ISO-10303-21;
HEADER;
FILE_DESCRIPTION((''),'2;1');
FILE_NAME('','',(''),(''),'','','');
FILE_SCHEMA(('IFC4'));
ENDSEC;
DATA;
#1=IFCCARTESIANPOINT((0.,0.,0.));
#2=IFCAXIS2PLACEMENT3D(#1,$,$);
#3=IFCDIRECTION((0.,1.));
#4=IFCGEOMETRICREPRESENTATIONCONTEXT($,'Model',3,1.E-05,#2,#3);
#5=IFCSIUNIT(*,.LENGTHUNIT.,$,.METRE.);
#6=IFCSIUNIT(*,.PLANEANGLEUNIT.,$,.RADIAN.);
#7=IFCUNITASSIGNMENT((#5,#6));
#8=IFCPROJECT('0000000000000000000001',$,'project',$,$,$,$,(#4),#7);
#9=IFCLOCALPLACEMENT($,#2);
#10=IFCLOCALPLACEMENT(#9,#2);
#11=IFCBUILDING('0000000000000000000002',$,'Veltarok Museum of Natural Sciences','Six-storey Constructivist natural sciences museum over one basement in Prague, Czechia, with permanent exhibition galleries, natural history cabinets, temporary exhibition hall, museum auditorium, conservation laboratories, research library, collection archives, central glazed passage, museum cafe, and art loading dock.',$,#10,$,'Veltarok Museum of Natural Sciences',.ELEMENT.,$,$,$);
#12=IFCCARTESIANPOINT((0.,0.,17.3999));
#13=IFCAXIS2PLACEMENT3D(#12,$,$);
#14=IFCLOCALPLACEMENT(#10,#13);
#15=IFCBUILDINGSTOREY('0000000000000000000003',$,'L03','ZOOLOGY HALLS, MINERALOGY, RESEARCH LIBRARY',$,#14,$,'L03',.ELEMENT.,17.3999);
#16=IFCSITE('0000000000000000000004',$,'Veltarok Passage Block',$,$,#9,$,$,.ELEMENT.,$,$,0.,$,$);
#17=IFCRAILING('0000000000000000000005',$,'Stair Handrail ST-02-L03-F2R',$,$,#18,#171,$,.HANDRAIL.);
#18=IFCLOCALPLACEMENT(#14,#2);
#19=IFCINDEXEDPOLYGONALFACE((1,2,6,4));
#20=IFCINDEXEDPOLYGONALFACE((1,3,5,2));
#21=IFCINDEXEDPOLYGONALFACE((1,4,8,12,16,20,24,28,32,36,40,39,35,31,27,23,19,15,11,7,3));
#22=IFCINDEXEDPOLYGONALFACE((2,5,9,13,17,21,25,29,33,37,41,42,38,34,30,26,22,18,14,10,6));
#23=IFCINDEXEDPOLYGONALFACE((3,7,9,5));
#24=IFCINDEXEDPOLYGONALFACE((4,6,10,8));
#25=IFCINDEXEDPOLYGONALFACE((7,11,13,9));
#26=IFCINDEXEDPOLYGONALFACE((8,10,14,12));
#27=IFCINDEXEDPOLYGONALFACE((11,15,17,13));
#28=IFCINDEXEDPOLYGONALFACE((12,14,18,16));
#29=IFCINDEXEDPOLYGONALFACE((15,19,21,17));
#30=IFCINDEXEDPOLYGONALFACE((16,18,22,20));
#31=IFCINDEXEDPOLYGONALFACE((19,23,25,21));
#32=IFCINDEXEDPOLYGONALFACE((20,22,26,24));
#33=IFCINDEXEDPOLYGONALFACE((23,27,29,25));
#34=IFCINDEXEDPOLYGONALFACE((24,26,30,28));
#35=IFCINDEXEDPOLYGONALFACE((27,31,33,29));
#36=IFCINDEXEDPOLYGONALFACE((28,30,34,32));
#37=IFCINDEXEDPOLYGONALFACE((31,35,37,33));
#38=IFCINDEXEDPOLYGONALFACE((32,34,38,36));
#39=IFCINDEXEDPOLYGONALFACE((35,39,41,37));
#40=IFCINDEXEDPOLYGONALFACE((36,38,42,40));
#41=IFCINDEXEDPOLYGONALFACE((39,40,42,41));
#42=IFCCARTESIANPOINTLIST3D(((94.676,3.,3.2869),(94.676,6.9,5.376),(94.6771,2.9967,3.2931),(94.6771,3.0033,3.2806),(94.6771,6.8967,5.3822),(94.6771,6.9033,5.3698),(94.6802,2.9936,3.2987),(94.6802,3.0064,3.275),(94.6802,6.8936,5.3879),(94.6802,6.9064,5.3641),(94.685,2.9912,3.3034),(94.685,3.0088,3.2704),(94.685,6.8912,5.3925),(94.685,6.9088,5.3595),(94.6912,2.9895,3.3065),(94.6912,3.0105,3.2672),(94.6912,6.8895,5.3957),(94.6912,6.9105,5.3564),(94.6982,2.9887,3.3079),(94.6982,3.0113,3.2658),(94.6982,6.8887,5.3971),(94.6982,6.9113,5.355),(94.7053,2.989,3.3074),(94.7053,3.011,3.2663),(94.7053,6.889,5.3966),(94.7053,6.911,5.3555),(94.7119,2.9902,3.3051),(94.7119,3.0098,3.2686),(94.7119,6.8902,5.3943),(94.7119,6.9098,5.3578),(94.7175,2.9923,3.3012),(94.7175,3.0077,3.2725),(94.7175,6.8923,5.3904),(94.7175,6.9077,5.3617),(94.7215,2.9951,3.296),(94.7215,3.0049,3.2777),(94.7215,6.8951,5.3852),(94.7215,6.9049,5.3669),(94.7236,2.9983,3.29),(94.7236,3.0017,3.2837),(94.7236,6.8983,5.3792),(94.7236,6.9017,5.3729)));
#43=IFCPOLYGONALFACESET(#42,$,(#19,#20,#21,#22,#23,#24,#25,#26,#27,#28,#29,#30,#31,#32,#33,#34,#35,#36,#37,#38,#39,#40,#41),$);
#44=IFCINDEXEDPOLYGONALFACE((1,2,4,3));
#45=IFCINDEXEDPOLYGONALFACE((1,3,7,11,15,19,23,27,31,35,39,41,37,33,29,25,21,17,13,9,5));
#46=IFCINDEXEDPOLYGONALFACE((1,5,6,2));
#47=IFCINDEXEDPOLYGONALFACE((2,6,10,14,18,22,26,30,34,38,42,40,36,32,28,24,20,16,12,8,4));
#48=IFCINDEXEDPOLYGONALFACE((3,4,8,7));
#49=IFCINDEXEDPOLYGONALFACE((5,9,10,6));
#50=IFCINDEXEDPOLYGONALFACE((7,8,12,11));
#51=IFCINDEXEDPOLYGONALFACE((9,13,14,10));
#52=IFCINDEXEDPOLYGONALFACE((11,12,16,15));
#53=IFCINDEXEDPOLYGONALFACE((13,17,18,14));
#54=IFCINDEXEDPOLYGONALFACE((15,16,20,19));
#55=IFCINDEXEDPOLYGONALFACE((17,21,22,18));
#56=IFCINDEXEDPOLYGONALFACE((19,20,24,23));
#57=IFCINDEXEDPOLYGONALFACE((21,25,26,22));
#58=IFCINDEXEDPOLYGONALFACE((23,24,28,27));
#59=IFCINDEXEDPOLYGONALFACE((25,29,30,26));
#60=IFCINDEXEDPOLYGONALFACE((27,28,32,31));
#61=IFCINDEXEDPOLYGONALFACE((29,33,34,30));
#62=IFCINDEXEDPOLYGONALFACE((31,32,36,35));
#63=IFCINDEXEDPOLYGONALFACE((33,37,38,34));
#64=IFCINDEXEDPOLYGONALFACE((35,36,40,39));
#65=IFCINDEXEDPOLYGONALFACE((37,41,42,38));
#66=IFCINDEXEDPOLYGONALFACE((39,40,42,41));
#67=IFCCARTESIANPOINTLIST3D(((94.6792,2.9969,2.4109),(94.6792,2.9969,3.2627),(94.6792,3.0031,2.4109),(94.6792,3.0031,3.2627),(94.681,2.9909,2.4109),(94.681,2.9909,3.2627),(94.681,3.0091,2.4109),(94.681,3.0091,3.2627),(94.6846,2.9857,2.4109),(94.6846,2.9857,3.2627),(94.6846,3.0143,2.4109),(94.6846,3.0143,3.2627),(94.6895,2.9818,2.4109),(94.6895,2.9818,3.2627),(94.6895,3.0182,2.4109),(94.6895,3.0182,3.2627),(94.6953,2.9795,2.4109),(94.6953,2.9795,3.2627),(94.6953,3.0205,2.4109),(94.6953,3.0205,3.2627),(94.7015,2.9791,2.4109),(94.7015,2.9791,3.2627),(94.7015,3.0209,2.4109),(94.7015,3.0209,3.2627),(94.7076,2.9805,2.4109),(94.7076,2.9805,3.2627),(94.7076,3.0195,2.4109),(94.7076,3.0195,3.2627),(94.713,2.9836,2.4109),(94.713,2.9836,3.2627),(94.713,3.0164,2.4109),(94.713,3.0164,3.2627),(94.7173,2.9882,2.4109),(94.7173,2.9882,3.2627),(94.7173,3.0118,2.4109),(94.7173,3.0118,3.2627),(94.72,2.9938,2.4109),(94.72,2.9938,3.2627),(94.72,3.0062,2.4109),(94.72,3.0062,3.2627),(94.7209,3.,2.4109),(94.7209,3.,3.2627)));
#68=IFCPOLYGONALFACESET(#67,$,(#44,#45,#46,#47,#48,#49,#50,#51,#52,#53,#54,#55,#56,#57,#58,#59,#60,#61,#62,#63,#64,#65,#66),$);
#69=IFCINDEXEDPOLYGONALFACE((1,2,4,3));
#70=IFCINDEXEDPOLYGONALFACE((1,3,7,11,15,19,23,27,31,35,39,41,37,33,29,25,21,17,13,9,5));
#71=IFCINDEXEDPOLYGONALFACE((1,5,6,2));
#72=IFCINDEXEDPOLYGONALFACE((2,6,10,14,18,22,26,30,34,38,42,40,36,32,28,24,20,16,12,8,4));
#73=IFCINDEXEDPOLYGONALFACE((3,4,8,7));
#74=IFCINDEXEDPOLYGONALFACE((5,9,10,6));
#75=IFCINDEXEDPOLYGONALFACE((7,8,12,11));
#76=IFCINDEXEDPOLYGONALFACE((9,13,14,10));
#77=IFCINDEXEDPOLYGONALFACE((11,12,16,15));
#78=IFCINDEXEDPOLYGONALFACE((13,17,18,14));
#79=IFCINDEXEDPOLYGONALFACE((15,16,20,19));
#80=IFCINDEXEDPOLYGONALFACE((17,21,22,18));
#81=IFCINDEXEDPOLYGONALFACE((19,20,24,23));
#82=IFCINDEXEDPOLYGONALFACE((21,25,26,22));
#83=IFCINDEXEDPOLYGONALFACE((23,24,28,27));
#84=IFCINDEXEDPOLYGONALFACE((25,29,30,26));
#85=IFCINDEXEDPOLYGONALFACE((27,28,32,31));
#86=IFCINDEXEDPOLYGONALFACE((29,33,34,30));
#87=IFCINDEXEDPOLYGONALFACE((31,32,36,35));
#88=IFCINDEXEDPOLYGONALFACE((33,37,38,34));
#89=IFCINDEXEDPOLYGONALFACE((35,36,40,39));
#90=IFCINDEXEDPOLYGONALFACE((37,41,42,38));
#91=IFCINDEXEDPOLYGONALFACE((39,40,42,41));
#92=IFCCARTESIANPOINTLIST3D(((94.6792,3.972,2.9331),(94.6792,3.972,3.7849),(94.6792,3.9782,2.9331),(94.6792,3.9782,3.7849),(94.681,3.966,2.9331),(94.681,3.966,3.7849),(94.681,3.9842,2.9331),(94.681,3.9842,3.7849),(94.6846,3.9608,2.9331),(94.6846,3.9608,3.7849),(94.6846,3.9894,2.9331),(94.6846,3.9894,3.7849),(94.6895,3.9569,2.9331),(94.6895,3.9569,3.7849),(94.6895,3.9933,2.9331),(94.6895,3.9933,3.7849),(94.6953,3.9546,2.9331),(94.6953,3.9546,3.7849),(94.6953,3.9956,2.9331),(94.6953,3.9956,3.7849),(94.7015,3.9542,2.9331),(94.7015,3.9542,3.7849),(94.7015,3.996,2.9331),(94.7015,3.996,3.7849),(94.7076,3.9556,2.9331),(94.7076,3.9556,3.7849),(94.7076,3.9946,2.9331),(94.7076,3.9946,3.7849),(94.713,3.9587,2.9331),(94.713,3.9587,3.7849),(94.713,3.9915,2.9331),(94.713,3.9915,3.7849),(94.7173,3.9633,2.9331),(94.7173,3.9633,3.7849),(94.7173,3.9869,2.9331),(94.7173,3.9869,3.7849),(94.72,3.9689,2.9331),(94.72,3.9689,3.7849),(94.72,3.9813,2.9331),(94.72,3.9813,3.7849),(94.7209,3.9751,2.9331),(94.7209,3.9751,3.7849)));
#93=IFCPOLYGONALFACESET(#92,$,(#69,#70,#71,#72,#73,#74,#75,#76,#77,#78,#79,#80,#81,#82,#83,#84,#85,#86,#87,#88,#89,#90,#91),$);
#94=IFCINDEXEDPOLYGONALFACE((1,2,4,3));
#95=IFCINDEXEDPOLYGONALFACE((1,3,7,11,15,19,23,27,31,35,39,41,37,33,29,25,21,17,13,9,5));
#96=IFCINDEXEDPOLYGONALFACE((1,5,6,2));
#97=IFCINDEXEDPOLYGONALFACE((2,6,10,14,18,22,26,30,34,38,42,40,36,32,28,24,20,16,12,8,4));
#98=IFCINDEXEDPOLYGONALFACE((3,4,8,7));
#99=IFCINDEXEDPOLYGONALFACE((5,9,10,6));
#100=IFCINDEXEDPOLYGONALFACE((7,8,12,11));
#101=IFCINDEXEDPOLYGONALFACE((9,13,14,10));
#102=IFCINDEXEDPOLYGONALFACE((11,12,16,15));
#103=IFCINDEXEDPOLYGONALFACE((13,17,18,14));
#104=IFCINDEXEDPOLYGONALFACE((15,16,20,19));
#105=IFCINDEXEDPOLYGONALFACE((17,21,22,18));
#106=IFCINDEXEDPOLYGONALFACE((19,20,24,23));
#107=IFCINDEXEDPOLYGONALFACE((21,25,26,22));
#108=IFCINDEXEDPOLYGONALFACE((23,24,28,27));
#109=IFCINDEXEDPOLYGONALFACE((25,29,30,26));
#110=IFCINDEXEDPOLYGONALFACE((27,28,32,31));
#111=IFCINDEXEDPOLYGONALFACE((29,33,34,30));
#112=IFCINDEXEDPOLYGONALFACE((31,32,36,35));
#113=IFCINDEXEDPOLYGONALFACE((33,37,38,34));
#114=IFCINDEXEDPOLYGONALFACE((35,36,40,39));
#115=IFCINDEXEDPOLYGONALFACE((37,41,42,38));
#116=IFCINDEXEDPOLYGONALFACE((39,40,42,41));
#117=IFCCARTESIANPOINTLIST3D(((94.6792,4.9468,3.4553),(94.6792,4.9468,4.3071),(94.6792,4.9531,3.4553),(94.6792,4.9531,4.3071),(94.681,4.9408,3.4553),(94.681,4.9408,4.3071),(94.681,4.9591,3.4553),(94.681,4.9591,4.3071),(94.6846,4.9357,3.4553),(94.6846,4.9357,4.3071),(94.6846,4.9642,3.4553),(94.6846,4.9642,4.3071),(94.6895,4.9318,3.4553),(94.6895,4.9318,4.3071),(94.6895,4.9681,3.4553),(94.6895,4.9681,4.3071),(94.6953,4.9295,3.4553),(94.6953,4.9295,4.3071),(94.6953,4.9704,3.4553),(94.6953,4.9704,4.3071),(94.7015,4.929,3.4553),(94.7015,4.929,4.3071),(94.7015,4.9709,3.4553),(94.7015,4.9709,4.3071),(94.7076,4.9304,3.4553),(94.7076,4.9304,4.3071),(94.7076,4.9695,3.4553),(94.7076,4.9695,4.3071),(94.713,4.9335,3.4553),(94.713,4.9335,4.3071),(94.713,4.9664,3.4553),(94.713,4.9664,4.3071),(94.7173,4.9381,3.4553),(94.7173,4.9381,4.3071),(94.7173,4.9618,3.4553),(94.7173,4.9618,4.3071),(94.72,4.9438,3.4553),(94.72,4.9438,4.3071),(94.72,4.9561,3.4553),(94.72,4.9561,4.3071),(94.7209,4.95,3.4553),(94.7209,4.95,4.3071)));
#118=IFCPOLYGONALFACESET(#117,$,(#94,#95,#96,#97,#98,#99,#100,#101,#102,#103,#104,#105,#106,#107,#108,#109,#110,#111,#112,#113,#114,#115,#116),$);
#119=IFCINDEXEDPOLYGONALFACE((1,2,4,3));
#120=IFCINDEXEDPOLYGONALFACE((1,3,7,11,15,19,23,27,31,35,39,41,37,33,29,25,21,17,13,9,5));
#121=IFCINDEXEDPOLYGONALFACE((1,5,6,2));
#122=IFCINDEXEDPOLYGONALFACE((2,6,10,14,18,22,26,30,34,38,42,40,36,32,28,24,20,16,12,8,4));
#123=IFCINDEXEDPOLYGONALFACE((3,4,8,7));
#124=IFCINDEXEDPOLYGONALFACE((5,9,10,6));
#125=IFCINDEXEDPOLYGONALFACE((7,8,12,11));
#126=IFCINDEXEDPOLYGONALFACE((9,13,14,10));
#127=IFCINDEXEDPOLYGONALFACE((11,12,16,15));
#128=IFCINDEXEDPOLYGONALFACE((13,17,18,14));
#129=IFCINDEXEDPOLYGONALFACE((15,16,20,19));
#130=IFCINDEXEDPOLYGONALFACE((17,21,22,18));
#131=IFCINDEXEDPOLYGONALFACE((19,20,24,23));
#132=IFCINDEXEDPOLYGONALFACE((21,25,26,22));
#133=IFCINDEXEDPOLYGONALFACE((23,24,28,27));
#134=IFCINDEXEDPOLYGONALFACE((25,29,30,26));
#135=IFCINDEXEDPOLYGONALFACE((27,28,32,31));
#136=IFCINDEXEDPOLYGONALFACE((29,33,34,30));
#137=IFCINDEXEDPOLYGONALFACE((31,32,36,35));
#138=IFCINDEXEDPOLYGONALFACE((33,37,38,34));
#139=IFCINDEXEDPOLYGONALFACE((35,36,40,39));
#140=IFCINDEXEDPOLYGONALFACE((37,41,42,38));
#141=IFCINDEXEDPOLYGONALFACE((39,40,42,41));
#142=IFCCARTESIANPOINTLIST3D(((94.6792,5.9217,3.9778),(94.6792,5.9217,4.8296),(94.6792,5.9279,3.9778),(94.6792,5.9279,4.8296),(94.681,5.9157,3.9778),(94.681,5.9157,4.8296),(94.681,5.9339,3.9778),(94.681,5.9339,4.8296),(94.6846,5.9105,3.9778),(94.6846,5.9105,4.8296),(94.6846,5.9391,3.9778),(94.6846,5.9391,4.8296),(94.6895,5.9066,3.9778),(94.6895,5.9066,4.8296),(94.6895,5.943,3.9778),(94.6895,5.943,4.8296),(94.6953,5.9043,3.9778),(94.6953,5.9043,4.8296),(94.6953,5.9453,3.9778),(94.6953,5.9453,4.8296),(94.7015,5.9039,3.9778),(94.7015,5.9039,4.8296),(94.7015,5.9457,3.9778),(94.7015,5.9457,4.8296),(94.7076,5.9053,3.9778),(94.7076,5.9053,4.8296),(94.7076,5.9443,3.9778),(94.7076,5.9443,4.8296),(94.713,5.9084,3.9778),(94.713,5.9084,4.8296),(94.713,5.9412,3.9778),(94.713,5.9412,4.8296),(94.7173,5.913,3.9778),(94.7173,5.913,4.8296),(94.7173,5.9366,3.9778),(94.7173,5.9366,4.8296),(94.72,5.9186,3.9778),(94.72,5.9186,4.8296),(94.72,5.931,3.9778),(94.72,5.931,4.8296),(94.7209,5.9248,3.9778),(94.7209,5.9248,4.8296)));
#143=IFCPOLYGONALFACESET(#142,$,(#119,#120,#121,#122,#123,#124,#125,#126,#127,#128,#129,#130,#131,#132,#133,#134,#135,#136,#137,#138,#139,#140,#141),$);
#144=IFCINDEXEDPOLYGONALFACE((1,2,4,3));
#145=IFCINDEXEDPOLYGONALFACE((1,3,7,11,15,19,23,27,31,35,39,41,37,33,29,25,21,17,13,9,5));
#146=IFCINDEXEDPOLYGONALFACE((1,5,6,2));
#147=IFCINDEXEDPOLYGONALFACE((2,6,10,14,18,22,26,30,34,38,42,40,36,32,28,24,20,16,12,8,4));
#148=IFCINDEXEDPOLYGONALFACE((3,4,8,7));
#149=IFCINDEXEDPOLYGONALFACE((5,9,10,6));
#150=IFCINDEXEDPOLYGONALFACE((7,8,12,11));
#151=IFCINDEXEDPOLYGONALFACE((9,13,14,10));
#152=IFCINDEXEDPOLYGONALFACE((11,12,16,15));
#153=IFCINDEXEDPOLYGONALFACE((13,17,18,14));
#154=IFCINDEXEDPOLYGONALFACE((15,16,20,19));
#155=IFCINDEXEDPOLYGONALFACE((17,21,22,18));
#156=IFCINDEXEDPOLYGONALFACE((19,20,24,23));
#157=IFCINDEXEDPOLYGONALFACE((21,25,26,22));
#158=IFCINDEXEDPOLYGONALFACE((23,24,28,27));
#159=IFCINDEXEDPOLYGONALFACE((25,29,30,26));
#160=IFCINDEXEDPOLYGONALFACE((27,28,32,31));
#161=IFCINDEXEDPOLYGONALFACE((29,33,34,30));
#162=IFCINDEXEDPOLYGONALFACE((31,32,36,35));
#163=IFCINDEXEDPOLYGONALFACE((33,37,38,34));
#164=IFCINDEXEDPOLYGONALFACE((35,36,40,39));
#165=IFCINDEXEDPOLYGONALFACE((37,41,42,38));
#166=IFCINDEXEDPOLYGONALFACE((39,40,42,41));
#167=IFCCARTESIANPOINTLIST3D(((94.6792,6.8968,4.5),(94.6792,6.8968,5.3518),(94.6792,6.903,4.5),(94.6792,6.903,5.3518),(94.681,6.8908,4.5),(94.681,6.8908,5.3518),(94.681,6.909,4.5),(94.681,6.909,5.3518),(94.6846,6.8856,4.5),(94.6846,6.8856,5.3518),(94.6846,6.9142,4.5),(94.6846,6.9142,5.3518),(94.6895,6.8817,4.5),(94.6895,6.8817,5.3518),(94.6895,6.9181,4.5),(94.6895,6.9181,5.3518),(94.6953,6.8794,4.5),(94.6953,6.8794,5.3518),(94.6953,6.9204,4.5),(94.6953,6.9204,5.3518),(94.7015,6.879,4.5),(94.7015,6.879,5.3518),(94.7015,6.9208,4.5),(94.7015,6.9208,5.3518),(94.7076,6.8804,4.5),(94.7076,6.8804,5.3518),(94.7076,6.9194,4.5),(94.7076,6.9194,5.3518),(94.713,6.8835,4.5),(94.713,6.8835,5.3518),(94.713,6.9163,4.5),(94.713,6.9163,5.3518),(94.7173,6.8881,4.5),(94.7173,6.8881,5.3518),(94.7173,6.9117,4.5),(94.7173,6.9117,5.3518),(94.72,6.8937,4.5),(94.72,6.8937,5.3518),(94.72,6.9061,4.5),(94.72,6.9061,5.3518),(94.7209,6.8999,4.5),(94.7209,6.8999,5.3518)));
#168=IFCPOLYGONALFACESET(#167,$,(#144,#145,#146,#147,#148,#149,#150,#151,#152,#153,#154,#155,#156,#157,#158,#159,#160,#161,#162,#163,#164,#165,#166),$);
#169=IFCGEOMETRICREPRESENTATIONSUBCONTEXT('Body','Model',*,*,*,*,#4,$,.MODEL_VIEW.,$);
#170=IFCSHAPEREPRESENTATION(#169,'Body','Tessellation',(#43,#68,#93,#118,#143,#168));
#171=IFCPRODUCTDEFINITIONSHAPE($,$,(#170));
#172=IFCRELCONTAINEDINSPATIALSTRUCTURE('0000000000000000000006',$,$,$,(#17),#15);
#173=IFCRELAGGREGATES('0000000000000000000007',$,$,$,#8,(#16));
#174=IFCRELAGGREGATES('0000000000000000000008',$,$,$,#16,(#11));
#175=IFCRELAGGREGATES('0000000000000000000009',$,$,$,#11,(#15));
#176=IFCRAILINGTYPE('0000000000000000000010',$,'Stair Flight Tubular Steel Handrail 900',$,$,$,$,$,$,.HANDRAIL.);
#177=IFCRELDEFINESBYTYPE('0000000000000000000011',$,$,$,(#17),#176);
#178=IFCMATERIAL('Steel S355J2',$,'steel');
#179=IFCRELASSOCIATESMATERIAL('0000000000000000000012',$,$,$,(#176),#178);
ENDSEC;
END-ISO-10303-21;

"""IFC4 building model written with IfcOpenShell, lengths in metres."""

from ifc_helpers import new_model, si_unit, direction, frame, origin, origin_2d, place, context, subcontext, project, spatial, circle, extrude, material, type_object, element, save


model = new_model("IFC4")

# Units and contexts
model_context = context("Model", 3, precision=1e-05, world=origin(), true_north=direction((0.0, 1.0)))
body_context = subcontext(model_context, "Body", "Model", "MODEL_VIEW")
ifc_project = project(units=[si_unit("LENGTHUNIT", "METRE"), si_unit("PLANEANGLEUNIT", "RADIAN")], contexts=[model_context])

# Site, building, storey
site_placement = place(None, origin())
site = spatial("IfcSite", under=ifc_project, at=site_placement, Name="Veltarok Passage Block", CompositionType="ELEMENT", RefElevation=0.0)
building_placement = place(site_placement, origin())
building = spatial("IfcBuilding", under=site, at=building_placement, Name="Veltarok Museum of Natural Sciences", Description="Six-storey Constructivist natural sciences museum over one basement in Prague, Czechia, with permanent exhibition galleries, natural history cabinets, temporary exhibition hall, museum auditorium, conservation laboratories, research library, collection archives, central glazed passage, museum cafe, and art loading dock.", LongName="Veltarok Museum of Natural Sciences", CompositionType="ELEMENT")
storey_placement = place(building_placement, frame((0.0, 0.0, 17.3999)))
storey = spatial("IfcBuildingStorey", under=building, at=storey_placement, Name="L03", Description="ZOOLOGY HALLS, MINERALOGY, RESEARCH LIBRARY", LongName="L03", CompositionType="ELEMENT", Elevation=17.3999)

# Shared definitions
ifc_material_1 = material(Name="Steel S355J2", Category="steel")

# Railing
railing_type_1 = type_object("IfcRailingType", Name="Stair Flight Tubular Steel Handrail 900", PredefinedType="HANDRAIL", material=ifc_material_1)
for number, where, name in (
    (1, (94.7, 3.0, 2.4109), "Stair Handrail ST-02-L03-F2R"),
):
    element("IfcRailing", number, at=place(storey_placement, frame(where)), inside=storey, type_object=railing_type_1, Name=name, PredefinedType="HANDRAIL", context=body_context, shape_type="SweptSolid", body=[
        extrude(circle(Radius=0.0239, at=origin_2d()), frame((0.0, 0.0, 0.876), z_axis=(0.0, 0.881491, 0.4722), x_axis=(-1.0, 0.0, 0.0)), (0.0, 0.0, 1.0), 4.4243),
        extrude(circle(Radius=0.021, at=origin_2d()), origin(), (0.0, 0.0, 1.0), 0.8518),
        extrude(circle(Radius=0.021, at=origin_2d()), frame((0.0, 0.9751, 0.5222)), (0.0, 0.0, 1.0), 0.8518),
        extrude(circle(Radius=0.021, at=origin_2d()), frame((0.0, 1.95, 1.0444)), (0.0, 0.0, 1.0), 0.8518),
        extrude(circle(Radius=0.021, at=origin_2d()), frame((0.0, 2.9248, 1.5669)), (0.0, 0.0, 1.0), 0.8518),
        extrude(circle(Radius=0.021, at=origin_2d()), frame((0.0, 3.8999, 2.0891)), (0.0, 0.0, 1.0), 0.8518),
    ])

save(model, "model.ifc")
